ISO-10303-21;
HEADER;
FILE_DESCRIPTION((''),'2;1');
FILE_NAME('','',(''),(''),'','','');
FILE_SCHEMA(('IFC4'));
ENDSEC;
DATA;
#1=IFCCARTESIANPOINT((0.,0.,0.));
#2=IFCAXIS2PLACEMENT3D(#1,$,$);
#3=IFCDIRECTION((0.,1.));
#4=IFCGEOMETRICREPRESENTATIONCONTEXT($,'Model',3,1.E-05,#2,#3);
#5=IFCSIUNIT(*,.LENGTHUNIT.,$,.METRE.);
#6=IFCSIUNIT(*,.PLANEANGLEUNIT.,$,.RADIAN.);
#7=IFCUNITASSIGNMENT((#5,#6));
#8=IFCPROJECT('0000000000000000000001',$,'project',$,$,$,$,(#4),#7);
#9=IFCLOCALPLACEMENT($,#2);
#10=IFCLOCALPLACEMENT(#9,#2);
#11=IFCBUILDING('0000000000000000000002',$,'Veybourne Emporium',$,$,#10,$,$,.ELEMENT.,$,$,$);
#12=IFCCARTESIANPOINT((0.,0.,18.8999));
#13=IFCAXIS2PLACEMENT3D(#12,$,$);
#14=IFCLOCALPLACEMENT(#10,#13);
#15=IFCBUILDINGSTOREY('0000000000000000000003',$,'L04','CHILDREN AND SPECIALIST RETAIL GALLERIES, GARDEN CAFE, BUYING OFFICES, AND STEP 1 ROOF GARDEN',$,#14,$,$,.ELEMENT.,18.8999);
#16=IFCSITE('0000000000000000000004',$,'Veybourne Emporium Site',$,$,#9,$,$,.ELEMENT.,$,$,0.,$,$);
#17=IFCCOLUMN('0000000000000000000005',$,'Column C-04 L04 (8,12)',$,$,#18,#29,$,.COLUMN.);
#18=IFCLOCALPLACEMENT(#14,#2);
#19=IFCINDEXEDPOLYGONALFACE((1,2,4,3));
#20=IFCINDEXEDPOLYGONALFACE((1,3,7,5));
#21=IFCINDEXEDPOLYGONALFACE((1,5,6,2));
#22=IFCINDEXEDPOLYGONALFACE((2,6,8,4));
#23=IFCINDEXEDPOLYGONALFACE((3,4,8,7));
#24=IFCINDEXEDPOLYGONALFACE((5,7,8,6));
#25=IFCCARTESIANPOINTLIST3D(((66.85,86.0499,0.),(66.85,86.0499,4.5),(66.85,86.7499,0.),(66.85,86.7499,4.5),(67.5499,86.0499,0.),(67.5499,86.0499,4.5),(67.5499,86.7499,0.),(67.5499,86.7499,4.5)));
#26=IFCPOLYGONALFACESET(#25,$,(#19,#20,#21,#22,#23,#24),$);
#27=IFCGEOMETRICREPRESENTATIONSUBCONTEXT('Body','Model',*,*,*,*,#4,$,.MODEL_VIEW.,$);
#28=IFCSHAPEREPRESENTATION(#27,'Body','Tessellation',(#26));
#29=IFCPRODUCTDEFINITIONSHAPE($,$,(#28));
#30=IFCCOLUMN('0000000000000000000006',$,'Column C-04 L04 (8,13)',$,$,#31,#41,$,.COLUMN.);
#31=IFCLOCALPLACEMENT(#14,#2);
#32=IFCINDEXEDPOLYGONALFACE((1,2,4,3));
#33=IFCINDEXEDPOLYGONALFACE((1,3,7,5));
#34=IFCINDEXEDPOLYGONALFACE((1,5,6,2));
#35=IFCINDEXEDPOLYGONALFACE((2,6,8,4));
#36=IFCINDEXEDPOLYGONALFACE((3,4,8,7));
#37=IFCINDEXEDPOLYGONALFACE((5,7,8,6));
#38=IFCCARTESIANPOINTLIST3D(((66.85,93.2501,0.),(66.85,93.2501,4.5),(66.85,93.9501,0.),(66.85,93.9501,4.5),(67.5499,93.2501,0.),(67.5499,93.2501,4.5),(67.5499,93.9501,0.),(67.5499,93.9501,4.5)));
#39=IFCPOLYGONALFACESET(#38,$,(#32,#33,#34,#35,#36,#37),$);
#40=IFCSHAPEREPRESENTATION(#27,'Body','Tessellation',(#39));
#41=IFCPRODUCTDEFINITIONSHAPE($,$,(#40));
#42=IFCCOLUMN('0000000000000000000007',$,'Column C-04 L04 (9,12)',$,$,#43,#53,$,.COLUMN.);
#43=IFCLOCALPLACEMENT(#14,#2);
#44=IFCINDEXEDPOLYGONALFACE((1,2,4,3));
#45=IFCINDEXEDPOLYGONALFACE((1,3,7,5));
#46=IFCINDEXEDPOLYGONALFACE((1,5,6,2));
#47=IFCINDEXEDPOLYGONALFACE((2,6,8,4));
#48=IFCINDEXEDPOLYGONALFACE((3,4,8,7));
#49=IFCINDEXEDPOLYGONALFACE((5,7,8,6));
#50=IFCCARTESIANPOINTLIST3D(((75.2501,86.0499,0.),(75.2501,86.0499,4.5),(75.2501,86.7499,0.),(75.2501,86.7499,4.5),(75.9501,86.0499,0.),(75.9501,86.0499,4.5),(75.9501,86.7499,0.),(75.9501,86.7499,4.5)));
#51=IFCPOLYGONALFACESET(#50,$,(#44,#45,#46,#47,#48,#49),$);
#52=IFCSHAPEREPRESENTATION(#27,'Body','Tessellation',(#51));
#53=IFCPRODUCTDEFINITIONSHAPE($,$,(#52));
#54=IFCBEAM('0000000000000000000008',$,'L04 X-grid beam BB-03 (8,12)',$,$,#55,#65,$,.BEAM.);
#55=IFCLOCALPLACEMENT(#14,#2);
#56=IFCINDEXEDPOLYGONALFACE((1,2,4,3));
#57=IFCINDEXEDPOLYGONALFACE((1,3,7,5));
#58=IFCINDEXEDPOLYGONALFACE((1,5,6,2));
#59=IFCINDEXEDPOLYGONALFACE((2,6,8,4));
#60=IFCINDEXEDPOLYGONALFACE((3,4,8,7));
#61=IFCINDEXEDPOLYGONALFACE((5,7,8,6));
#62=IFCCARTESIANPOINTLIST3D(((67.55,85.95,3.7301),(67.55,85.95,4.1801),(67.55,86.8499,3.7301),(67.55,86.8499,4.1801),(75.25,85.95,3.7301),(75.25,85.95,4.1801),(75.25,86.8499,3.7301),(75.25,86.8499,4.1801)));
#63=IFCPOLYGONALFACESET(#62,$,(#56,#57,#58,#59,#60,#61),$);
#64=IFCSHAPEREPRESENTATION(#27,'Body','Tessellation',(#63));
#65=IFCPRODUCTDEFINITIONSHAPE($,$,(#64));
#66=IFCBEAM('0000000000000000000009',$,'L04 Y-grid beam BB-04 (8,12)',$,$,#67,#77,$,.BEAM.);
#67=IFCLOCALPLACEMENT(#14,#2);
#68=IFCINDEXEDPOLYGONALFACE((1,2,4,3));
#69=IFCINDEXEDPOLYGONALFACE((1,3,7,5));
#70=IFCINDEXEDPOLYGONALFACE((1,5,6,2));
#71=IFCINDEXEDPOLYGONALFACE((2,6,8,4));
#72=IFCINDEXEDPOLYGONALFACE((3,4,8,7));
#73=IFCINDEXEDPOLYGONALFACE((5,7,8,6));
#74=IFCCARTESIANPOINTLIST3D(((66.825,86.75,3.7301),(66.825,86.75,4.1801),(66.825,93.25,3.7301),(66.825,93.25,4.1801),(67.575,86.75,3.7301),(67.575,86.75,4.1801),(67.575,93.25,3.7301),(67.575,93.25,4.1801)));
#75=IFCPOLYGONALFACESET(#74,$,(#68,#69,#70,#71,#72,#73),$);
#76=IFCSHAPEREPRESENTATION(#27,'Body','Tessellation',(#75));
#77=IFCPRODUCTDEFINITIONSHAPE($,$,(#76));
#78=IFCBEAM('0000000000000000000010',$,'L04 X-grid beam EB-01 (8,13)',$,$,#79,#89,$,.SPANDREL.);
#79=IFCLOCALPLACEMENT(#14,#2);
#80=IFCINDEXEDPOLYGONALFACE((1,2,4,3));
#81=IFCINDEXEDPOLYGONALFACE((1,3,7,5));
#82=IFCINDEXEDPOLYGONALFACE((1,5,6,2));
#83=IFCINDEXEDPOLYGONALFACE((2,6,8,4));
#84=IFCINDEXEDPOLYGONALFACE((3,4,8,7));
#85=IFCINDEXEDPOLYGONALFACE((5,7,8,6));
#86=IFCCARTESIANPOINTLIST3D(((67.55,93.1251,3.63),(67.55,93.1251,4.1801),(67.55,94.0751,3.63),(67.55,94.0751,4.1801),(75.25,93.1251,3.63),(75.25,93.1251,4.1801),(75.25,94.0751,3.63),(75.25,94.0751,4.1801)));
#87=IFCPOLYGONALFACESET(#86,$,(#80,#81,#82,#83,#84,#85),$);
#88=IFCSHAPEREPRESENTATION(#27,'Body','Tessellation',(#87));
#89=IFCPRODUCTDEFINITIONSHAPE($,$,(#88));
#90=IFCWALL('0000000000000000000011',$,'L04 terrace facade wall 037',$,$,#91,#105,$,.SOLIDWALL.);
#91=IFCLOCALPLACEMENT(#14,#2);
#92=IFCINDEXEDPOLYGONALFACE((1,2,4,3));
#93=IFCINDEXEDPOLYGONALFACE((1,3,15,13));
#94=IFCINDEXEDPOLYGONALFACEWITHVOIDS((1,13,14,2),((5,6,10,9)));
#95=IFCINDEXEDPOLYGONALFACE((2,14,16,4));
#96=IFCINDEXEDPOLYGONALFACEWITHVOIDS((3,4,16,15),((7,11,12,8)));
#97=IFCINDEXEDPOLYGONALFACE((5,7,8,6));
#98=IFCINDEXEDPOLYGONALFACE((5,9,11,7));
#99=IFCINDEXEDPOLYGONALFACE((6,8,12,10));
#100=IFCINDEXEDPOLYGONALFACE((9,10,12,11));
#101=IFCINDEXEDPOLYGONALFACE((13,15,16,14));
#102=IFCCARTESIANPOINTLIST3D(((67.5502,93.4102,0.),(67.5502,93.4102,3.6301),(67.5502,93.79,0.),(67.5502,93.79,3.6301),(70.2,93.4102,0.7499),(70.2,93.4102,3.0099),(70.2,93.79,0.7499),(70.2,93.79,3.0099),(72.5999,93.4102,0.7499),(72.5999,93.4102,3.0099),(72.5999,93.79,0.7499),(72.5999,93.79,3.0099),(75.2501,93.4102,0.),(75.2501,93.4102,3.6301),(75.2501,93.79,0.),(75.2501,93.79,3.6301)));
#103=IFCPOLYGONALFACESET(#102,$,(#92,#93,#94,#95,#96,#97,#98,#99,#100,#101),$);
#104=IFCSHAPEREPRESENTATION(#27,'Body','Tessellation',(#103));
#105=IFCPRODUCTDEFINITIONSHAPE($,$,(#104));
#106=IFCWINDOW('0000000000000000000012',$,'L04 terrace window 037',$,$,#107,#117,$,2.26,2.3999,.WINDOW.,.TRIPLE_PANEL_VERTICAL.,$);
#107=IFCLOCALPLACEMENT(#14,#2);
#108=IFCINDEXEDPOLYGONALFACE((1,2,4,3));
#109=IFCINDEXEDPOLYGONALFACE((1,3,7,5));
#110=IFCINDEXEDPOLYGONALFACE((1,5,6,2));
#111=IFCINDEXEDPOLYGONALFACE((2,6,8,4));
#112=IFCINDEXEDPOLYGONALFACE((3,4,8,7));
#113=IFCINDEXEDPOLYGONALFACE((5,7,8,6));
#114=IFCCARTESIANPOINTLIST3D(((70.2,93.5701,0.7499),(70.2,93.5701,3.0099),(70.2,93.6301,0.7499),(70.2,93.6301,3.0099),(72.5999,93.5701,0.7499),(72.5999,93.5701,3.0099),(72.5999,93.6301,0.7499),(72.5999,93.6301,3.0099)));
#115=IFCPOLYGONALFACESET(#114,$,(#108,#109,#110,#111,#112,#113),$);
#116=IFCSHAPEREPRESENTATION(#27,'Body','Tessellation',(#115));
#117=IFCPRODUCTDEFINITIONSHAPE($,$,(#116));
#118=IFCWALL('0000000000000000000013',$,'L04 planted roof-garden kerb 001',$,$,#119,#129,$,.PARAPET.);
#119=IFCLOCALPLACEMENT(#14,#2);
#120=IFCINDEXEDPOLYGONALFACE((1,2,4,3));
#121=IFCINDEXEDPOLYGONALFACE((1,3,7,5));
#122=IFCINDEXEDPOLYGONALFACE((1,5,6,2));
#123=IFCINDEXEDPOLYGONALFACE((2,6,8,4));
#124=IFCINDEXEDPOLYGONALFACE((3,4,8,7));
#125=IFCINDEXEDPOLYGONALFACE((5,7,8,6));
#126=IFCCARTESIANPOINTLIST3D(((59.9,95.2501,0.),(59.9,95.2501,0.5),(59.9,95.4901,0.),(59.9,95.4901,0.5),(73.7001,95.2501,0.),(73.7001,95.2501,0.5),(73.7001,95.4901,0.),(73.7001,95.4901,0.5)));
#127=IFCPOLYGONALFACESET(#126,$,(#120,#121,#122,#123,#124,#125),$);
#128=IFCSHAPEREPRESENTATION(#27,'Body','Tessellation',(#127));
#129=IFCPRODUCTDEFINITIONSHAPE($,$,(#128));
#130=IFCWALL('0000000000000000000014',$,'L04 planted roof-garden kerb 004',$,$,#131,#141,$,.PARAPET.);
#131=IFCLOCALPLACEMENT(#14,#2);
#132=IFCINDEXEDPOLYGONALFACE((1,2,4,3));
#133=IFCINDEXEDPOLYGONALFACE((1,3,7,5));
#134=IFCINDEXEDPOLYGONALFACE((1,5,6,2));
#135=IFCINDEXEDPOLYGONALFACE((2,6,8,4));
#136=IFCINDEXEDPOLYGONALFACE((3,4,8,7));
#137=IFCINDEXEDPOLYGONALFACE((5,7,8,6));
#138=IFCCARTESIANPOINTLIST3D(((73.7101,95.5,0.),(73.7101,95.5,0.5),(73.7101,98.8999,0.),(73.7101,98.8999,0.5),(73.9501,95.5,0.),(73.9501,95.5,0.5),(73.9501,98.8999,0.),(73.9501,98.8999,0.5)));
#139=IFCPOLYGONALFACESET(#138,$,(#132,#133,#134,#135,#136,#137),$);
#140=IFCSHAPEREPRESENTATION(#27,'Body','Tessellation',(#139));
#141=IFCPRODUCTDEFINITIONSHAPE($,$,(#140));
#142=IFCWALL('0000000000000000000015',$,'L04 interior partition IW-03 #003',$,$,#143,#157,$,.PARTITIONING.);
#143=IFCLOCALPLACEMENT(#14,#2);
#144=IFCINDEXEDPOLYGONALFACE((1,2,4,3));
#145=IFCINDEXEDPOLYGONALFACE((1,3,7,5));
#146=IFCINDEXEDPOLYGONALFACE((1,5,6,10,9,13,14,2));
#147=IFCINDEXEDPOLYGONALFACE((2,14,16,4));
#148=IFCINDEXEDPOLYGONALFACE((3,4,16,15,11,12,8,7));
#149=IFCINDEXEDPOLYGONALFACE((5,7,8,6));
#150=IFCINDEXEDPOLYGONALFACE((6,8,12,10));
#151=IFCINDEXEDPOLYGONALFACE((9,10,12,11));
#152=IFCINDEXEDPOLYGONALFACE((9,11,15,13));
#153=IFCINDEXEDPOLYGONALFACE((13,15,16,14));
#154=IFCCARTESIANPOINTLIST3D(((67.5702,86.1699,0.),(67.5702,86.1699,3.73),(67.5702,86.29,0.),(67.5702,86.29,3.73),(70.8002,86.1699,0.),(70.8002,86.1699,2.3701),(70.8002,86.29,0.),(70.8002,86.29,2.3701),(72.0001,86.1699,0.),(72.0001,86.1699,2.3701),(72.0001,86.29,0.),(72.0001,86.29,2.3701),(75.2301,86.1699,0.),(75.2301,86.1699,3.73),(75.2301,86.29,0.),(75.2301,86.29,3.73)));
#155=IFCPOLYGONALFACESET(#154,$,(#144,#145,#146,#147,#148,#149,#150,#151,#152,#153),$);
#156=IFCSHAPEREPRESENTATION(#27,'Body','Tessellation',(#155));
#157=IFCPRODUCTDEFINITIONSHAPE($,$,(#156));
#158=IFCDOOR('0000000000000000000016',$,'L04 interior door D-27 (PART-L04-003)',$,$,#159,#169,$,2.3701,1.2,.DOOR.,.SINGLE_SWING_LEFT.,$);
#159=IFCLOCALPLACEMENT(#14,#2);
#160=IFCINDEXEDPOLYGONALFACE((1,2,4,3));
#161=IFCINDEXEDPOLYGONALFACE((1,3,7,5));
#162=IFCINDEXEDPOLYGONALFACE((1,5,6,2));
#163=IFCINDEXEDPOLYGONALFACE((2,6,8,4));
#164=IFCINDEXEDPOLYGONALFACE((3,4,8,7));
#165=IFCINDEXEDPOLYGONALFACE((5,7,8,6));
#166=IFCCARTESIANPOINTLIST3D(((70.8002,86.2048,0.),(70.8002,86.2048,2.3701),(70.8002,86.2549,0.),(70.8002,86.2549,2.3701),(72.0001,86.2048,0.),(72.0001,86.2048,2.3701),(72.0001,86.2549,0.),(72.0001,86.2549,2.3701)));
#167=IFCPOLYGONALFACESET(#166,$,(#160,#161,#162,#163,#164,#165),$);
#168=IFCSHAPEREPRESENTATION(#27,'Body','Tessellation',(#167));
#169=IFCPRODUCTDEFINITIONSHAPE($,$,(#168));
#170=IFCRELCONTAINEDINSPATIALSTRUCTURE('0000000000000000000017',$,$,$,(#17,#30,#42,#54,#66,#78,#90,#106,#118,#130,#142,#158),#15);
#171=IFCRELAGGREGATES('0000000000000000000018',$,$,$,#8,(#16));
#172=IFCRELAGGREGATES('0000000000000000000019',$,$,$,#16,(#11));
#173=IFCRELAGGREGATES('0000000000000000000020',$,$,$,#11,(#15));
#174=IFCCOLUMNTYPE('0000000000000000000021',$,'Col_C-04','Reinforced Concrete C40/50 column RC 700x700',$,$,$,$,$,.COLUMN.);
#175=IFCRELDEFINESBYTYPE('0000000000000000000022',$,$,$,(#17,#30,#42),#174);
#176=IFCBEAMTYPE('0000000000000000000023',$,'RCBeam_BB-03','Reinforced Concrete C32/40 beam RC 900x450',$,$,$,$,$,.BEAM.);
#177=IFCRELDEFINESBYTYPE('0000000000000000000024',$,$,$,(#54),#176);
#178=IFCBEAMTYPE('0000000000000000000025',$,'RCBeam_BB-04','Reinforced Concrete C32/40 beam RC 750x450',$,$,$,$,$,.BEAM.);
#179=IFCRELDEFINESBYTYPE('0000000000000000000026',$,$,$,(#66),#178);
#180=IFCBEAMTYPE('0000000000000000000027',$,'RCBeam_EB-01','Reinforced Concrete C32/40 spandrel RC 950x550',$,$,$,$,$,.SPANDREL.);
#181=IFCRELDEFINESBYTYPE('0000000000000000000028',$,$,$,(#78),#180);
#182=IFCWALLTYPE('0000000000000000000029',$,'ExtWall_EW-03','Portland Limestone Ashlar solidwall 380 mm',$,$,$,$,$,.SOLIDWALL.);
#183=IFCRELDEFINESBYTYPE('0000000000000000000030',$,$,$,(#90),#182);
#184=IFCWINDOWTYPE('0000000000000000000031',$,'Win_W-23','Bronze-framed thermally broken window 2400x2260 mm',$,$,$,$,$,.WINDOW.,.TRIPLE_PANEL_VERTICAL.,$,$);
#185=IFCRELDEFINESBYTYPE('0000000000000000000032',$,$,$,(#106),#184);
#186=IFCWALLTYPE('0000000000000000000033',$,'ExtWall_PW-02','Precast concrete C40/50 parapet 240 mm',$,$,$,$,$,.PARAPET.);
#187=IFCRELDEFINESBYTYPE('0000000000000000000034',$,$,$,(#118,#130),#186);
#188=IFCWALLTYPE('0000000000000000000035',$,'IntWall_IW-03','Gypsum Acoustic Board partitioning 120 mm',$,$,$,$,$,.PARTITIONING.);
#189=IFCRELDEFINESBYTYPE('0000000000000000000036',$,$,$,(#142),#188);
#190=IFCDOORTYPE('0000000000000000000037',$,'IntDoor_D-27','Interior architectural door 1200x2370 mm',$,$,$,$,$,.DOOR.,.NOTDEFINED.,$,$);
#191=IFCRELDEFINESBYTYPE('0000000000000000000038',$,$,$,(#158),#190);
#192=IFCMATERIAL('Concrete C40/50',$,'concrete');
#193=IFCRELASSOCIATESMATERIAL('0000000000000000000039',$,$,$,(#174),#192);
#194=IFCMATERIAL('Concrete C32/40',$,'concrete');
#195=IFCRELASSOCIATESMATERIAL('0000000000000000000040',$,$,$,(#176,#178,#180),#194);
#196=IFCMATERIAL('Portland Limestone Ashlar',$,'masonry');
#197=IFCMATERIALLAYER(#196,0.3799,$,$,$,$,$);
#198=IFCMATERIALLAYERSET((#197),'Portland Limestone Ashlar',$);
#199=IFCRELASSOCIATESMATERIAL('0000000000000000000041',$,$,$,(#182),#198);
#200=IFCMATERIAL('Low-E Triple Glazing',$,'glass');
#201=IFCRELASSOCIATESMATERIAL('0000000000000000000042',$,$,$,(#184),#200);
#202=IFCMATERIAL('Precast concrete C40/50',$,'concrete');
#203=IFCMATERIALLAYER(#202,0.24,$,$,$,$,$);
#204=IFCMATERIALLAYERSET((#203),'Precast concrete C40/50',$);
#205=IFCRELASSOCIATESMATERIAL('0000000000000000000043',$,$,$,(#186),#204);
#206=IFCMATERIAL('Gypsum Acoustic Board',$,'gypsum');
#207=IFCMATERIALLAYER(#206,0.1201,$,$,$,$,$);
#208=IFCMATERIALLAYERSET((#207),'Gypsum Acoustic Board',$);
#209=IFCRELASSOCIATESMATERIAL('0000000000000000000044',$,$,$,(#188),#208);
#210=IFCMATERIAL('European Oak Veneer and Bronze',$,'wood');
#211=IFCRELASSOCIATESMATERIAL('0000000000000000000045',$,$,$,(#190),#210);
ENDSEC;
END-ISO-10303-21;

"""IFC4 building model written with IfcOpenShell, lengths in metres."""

from ifc_helpers import new_model, si_unit, direction, frame, frame_2d, origin, origin_2d, place, context, subcontext, project, spatial, rectangle, extrude, material, layer, layer_set, material_profile, profile_set, type_object, element, fill, save


model = new_model("IFC4")

# Units and contexts
model_context = context("Model", 3, precision=1e-05, world=origin(), true_north=direction((0.0, 1.0)))
body_context = subcontext(model_context, "Body", "Model", "MODEL_VIEW")
ifc_project = project(units=[si_unit("LENGTHUNIT", "METRE"), si_unit("PLANEANGLEUNIT", "RADIAN")], contexts=[model_context])

# Site, building, storey
site_placement = place(None, origin())
site = spatial("IfcSite", under=ifc_project, at=site_placement, Name="Veybourne Emporium Site", CompositionType="ELEMENT", RefElevation=0.0)
building_placement = place(site_placement, origin())
building = spatial("IfcBuilding", under=site, at=building_placement, Name="Veybourne Emporium", CompositionType="ELEMENT")
storey_placement = place(building_placement, frame((0.0, 0.0, 18.8999)))
storey = spatial("IfcBuildingStorey", under=building, at=storey_placement, Name="L04", Description="CHILDREN AND SPECIALIST RETAIL GALLERIES, GARDEN CAFE, BUYING OFFICES, AND STEP 1 ROOF GARDEN", CompositionType="ELEMENT", Elevation=18.8999)

# Columns
ifc_material_1 = material(Name="Concrete C40/50", Category="concrete")
ifc_material_profile_1 = material_profile(ifc_material_1, rectangle(XDim=0.7, YDim=0.7, at=origin_2d()), Name="RC 700x700")
ifc_profile_set_1 = profile_set([ifc_material_profile_1], Name="Concrete C40/50")
column_type = type_object("IfcColumnType", Name="Col_C-04", Description="Reinforced Concrete C40/50 column RC 700x700", PredefinedType="COLUMN", material=ifc_profile_set_1)
for number, where, z_axis, x_axis, name in (
    (1, (67.2, 86.3999, 0.0), (0.0, 0.0, 1.0), (1.0, 0.0, 0.0), "Column C-04 L04 (8,12)"),
    (2, (67.2, 93.6001, 0.0), (0.0, 0.0, 1.0), (1.0, 0.0, 0.0), "Column C-04 L04 (8,13)"),
    (3, (75.6001, 86.3999, 0.0), (0.0, 0.0, 1.0), (1.0, 0.0, 0.0), "Column C-04 L04 (9,12)"),
):
    element("IfcColumn", number, at=place(storey_placement, frame(where, z_axis=z_axis, x_axis=x_axis)), inside=storey, type_object=column_type, Name=name, PredefinedType="COLUMN", context=body_context, shape_type="SweptSolid", body=[
        extrude(rectangle(XDim=0.7, YDim=0.7, at=origin_2d()), origin(), (0.0, 0.0, 1.0), 4.5),
    ])

# Beams
ifc_material_2 = material(Name="Concrete C32/40", Category="concrete")
ifc_material_profile_2 = material_profile(ifc_material_2, rectangle(XDim=0.8999, YDim=0.45, at=origin_2d()), Name="RC 900x450")
ifc_profile_set_2 = profile_set([ifc_material_profile_2], Name="Concrete C32/40")
beam_type_1 = type_object("IfcBeamType", Name="RCBeam_BB-03", Description="Reinforced Concrete C32/40 beam RC 900x450", PredefinedType="BEAM", material=ifc_profile_set_2)
beam_1_placement = place(storey_placement, frame((67.55, 86.3999, 3.9551), z_axis=(1.0, 0.0, 0.0), x_axis=(0.0, 1.0, 0.0)))
element("IfcBeam", 4, at=beam_1_placement, inside=storey, type_object=beam_type_1, Name="L04 X-grid beam BB-03 (8,12)", PredefinedType="BEAM", context=body_context, shape_type="SweptSolid", body=[
    extrude(rectangle(XDim=0.8999, YDim=0.45, at=origin_2d()), origin(), (0.0, 0.0, 1.0), 7.7),
])
ifc_material_profile_3 = material_profile(ifc_material_2, rectangle(XDim=0.75, YDim=0.45, at=origin_2d()), Name="RC 750x450")
ifc_profile_set_3 = profile_set([ifc_material_profile_3], Name="Concrete C32/40")
beam_type_2 = type_object("IfcBeamType", Name="RCBeam_BB-04", Description="Reinforced Concrete C32/40 beam RC 750x450", PredefinedType="BEAM", material=ifc_profile_set_3)
beam_2_placement = place(storey_placement, frame((67.2, 86.75, 3.9551), z_axis=(0.0, 1.0, 0.0), x_axis=(-1.0, 0.0, 0.0)))
element("IfcBeam", 5, at=beam_2_placement, inside=storey, type_object=beam_type_2, Name="L04 Y-grid beam BB-04 (8,12)", PredefinedType="BEAM", context=body_context, shape_type="SweptSolid", body=[
    extrude(rectangle(XDim=0.75, YDim=0.45, at=origin_2d()), origin(), (0.0, 0.0, 1.0), 6.5),
])
ifc_material_profile_4 = material_profile(ifc_material_2, rectangle(XDim=0.95, YDim=0.55, at=origin_2d()), Name="RC 950x550")
ifc_profile_set_4 = profile_set([ifc_material_profile_4], Name="Concrete C32/40")
beam_type_3 = type_object("IfcBeamType", Name="RCBeam_EB-01", Description="Reinforced Concrete C32/40 spandrel RC 950x550", PredefinedType="SPANDREL", material=ifc_profile_set_4)
beam_3_placement = place(storey_placement, frame((67.55, 93.6001, 3.905), z_axis=(1.0, 0.0, 0.0), x_axis=(0.0, 1.0, 0.0)))
element("IfcBeam", 6, at=beam_3_placement, inside=storey, type_object=beam_type_3, Name="L04 X-grid beam EB-01 (8,13)", PredefinedType="SPANDREL", context=body_context, shape_type="SweptSolid", body=[
    extrude(rectangle(XDim=0.95, YDim=0.55, at=origin_2d()), origin(), (0.0, 0.0, 1.0), 7.7),
])

# Wall, opening, window
ifc_material_3 = material(Name="Portland Limestone Ashlar", Category="masonry")
ifc_layer_1 = layer(ifc_material_3, 0.3799)
ifc_layer_set_1 = layer_set([ifc_layer_1], Name="Portland Limestone Ashlar")
wall_type_1 = type_object("IfcWallType", Name="ExtWall_EW-03", Description="Portland Limestone Ashlar solidwall 380 mm", PredefinedType="SOLIDWALL", material=ifc_layer_set_1)
wall_1_placement = place(storey_placement, frame((67.55, 93.6001, 0.0), z_axis=(0.0, 0.0, 1.0), x_axis=(1.0, 0.0, 0.0)))
wall_1 = element("IfcWall", 7, at=wall_1_placement, inside=storey, type_object=wall_type_1, Name="L04 terrace facade wall 037", PredefinedType="SOLIDWALL", context=body_context, shape_type="SweptSolid", body=[
    extrude(rectangle(XDim=7.7, YDim=0.3799, at=frame_2d((3.8501, 0.0))), origin(), (0.0, 0.0, 1.0), 3.6301),
])
opening_1_placement = place(wall_1_placement, frame((2.6499, 0.0, 0.75)))
opening_1 = element("IfcOpeningElement", 8, at=opening_1_placement, cuts=wall_1, PredefinedType="OPENING", context=body_context, shape_type="SweptSolid", body=[
    extrude(rectangle(XDim=2.3999, YDim=2.26, at=frame_2d((1.2, 1.1299))), frame((0.0, 0.21, 0.0), z_axis=(0.0, -1.0, 0.0), x_axis=(1.0, 0.0, 0.0)), (0.0, 0.0, 1.0), 0.4199),
])
ifc_material_4 = material(Name="Low-E Triple Glazing", Category="glass")
window_type = type_object("IfcWindowType", Name="Win_W-23", Description="Bronze-framed thermally broken window 2400x2260 mm", PartitioningType="TRIPLE_PANEL_VERTICAL", PredefinedType="WINDOW", material=ifc_material_4)
window_placement = place(opening_1_placement, origin())
window = element("IfcWindow", 9, at=window_placement, inside=storey, type_object=window_type, Name="L04 terrace window 037", OverallHeight=2.26, OverallWidth=2.3999, PartitioningType="TRIPLE_PANEL_VERTICAL", PredefinedType="WINDOW", context=body_context, shape_type="SweptSolid", body=[
    extrude(rectangle(XDim=2.3999, YDim=2.26, at=frame_2d((1.2, 1.1299))), frame((0.0, 0.03, 0.0), z_axis=(0.0, -1.0, 0.0), x_axis=(1.0, 0.0, 0.0)), (0.0, 0.0, 1.0), 0.0601),
])
fill(opening_1, window)

# Walls
ifc_material_5 = material(Name="Precast concrete C40/50", Category="concrete")
ifc_layer_2 = layer(ifc_material_5, 0.24)
ifc_layer_set_2 = layer_set([ifc_layer_2], Name="Precast concrete C40/50")
wall_type_2 = type_object("IfcWallType", Name="ExtWall_PW-02", Description="Precast concrete C40/50 parapet 240 mm", PredefinedType="PARAPET", material=ifc_layer_set_2)
wall_2_placement = place(storey_placement, frame((73.7, 95.3701, 0.0), z_axis=(0.0, 0.0, 1.0), x_axis=(-1.0, 0.0, 0.0)))
element("IfcWall", 10, at=wall_2_placement, inside=storey, type_object=wall_type_2, Name="L04 planted roof-garden kerb 001", PredefinedType="PARAPET", context=body_context, shape_type="SweptSolid", body=[
    extrude(rectangle(XDim=13.8, YDim=0.24, at=frame_2d((6.8999, 0.0))), origin(), (0.0, 0.0, 1.0), 0.5),
])
wall_3_placement = place(storey_placement, frame((73.8301, 98.8999, 0.0), z_axis=(0.0, 0.0, 1.0), x_axis=(0.0, -1.0, 0.0)))
element("IfcWall", 11, at=wall_3_placement, inside=storey, type_object=wall_type_2, Name="L04 planted roof-garden kerb 004", PredefinedType="PARAPET", context=body_context, shape_type="SweptSolid", body=[
    extrude(rectangle(XDim=3.3999, YDim=0.24, at=frame_2d((1.7, 0.0))), origin(), (0.0, 0.0, 1.0), 0.5),
])

# Wall, opening, door
ifc_material_6 = material(Name="Gypsum Acoustic Board", Category="gypsum")
ifc_layer_3 = layer(ifc_material_6, 0.1201)
ifc_layer_set_3 = layer_set([ifc_layer_3], Name="Gypsum Acoustic Board")
wall_type_3 = type_object("IfcWallType", Name="IntWall_IW-03", Description="Gypsum Acoustic Board partitioning 120 mm", PredefinedType="PARTITIONING", material=ifc_layer_set_3)
wall_4_placement = place(storey_placement, frame((67.5701, 86.23, 0.0), z_axis=(0.0, 0.0, 1.0), x_axis=(1.0, 0.0, 0.0)))
wall_4 = element("IfcWall", 12, at=wall_4_placement, inside=storey, type_object=wall_type_3, Name="L04 interior partition IW-03 #003", PredefinedType="PARTITIONING", context=body_context, shape_type="SweptSolid", body=[
    extrude(rectangle(XDim=7.6599, YDim=0.1201, at=frame_2d((3.8301, 0.0))), origin(), (0.0, 0.0, 1.0), 3.73),
])
opening_2_placement = place(wall_4_placement, frame((3.23, 0.0, 0.0)))
opening_2 = element("IfcOpeningElement", 13, at=opening_2_placement, cuts=wall_4, PredefinedType="OPENING", context=body_context, shape_type="SweptSolid", body=[
    extrude(rectangle(XDim=1.2, YDim=2.3701, at=frame_2d((0.6001, 1.1851))), frame((0.0, 0.0801, 0.0), z_axis=(0.0, -1.0, 0.0), x_axis=(1.0, 0.0, 0.0)), (0.0, 0.0, 1.0), 0.1602),
])
ifc_material_7 = material(Name="European Oak Veneer and Bronze", Category="wood")
door_type = type_object("IfcDoorType", Name="IntDoor_D-27", Description="Interior architectural door 1200x2370 mm", OperationType="NOTDEFINED", PredefinedType="DOOR", material=ifc_material_7)
door_placement = place(opening_2_placement, origin())
door = element("IfcDoor", 14, at=door_placement, inside=storey, type_object=door_type, Name="L04 interior door D-27 (PART-L04-003)", OperationType="SINGLE_SWING_LEFT", OverallHeight=2.3701, OverallWidth=1.2, PredefinedType="DOOR", context=body_context, shape_type="SweptSolid", body=[
    extrude(rectangle(XDim=1.2, YDim=2.3701, at=frame_2d((0.6001, 1.1851))), frame((0.0, 0.0249, 0.0), z_axis=(0.0, -1.0, 0.0), x_axis=(1.0, 0.0, 0.0)), (0.0, 0.0, 1.0), 0.05),
])
fill(opening_2, door)

save(model, "model.ifc")
